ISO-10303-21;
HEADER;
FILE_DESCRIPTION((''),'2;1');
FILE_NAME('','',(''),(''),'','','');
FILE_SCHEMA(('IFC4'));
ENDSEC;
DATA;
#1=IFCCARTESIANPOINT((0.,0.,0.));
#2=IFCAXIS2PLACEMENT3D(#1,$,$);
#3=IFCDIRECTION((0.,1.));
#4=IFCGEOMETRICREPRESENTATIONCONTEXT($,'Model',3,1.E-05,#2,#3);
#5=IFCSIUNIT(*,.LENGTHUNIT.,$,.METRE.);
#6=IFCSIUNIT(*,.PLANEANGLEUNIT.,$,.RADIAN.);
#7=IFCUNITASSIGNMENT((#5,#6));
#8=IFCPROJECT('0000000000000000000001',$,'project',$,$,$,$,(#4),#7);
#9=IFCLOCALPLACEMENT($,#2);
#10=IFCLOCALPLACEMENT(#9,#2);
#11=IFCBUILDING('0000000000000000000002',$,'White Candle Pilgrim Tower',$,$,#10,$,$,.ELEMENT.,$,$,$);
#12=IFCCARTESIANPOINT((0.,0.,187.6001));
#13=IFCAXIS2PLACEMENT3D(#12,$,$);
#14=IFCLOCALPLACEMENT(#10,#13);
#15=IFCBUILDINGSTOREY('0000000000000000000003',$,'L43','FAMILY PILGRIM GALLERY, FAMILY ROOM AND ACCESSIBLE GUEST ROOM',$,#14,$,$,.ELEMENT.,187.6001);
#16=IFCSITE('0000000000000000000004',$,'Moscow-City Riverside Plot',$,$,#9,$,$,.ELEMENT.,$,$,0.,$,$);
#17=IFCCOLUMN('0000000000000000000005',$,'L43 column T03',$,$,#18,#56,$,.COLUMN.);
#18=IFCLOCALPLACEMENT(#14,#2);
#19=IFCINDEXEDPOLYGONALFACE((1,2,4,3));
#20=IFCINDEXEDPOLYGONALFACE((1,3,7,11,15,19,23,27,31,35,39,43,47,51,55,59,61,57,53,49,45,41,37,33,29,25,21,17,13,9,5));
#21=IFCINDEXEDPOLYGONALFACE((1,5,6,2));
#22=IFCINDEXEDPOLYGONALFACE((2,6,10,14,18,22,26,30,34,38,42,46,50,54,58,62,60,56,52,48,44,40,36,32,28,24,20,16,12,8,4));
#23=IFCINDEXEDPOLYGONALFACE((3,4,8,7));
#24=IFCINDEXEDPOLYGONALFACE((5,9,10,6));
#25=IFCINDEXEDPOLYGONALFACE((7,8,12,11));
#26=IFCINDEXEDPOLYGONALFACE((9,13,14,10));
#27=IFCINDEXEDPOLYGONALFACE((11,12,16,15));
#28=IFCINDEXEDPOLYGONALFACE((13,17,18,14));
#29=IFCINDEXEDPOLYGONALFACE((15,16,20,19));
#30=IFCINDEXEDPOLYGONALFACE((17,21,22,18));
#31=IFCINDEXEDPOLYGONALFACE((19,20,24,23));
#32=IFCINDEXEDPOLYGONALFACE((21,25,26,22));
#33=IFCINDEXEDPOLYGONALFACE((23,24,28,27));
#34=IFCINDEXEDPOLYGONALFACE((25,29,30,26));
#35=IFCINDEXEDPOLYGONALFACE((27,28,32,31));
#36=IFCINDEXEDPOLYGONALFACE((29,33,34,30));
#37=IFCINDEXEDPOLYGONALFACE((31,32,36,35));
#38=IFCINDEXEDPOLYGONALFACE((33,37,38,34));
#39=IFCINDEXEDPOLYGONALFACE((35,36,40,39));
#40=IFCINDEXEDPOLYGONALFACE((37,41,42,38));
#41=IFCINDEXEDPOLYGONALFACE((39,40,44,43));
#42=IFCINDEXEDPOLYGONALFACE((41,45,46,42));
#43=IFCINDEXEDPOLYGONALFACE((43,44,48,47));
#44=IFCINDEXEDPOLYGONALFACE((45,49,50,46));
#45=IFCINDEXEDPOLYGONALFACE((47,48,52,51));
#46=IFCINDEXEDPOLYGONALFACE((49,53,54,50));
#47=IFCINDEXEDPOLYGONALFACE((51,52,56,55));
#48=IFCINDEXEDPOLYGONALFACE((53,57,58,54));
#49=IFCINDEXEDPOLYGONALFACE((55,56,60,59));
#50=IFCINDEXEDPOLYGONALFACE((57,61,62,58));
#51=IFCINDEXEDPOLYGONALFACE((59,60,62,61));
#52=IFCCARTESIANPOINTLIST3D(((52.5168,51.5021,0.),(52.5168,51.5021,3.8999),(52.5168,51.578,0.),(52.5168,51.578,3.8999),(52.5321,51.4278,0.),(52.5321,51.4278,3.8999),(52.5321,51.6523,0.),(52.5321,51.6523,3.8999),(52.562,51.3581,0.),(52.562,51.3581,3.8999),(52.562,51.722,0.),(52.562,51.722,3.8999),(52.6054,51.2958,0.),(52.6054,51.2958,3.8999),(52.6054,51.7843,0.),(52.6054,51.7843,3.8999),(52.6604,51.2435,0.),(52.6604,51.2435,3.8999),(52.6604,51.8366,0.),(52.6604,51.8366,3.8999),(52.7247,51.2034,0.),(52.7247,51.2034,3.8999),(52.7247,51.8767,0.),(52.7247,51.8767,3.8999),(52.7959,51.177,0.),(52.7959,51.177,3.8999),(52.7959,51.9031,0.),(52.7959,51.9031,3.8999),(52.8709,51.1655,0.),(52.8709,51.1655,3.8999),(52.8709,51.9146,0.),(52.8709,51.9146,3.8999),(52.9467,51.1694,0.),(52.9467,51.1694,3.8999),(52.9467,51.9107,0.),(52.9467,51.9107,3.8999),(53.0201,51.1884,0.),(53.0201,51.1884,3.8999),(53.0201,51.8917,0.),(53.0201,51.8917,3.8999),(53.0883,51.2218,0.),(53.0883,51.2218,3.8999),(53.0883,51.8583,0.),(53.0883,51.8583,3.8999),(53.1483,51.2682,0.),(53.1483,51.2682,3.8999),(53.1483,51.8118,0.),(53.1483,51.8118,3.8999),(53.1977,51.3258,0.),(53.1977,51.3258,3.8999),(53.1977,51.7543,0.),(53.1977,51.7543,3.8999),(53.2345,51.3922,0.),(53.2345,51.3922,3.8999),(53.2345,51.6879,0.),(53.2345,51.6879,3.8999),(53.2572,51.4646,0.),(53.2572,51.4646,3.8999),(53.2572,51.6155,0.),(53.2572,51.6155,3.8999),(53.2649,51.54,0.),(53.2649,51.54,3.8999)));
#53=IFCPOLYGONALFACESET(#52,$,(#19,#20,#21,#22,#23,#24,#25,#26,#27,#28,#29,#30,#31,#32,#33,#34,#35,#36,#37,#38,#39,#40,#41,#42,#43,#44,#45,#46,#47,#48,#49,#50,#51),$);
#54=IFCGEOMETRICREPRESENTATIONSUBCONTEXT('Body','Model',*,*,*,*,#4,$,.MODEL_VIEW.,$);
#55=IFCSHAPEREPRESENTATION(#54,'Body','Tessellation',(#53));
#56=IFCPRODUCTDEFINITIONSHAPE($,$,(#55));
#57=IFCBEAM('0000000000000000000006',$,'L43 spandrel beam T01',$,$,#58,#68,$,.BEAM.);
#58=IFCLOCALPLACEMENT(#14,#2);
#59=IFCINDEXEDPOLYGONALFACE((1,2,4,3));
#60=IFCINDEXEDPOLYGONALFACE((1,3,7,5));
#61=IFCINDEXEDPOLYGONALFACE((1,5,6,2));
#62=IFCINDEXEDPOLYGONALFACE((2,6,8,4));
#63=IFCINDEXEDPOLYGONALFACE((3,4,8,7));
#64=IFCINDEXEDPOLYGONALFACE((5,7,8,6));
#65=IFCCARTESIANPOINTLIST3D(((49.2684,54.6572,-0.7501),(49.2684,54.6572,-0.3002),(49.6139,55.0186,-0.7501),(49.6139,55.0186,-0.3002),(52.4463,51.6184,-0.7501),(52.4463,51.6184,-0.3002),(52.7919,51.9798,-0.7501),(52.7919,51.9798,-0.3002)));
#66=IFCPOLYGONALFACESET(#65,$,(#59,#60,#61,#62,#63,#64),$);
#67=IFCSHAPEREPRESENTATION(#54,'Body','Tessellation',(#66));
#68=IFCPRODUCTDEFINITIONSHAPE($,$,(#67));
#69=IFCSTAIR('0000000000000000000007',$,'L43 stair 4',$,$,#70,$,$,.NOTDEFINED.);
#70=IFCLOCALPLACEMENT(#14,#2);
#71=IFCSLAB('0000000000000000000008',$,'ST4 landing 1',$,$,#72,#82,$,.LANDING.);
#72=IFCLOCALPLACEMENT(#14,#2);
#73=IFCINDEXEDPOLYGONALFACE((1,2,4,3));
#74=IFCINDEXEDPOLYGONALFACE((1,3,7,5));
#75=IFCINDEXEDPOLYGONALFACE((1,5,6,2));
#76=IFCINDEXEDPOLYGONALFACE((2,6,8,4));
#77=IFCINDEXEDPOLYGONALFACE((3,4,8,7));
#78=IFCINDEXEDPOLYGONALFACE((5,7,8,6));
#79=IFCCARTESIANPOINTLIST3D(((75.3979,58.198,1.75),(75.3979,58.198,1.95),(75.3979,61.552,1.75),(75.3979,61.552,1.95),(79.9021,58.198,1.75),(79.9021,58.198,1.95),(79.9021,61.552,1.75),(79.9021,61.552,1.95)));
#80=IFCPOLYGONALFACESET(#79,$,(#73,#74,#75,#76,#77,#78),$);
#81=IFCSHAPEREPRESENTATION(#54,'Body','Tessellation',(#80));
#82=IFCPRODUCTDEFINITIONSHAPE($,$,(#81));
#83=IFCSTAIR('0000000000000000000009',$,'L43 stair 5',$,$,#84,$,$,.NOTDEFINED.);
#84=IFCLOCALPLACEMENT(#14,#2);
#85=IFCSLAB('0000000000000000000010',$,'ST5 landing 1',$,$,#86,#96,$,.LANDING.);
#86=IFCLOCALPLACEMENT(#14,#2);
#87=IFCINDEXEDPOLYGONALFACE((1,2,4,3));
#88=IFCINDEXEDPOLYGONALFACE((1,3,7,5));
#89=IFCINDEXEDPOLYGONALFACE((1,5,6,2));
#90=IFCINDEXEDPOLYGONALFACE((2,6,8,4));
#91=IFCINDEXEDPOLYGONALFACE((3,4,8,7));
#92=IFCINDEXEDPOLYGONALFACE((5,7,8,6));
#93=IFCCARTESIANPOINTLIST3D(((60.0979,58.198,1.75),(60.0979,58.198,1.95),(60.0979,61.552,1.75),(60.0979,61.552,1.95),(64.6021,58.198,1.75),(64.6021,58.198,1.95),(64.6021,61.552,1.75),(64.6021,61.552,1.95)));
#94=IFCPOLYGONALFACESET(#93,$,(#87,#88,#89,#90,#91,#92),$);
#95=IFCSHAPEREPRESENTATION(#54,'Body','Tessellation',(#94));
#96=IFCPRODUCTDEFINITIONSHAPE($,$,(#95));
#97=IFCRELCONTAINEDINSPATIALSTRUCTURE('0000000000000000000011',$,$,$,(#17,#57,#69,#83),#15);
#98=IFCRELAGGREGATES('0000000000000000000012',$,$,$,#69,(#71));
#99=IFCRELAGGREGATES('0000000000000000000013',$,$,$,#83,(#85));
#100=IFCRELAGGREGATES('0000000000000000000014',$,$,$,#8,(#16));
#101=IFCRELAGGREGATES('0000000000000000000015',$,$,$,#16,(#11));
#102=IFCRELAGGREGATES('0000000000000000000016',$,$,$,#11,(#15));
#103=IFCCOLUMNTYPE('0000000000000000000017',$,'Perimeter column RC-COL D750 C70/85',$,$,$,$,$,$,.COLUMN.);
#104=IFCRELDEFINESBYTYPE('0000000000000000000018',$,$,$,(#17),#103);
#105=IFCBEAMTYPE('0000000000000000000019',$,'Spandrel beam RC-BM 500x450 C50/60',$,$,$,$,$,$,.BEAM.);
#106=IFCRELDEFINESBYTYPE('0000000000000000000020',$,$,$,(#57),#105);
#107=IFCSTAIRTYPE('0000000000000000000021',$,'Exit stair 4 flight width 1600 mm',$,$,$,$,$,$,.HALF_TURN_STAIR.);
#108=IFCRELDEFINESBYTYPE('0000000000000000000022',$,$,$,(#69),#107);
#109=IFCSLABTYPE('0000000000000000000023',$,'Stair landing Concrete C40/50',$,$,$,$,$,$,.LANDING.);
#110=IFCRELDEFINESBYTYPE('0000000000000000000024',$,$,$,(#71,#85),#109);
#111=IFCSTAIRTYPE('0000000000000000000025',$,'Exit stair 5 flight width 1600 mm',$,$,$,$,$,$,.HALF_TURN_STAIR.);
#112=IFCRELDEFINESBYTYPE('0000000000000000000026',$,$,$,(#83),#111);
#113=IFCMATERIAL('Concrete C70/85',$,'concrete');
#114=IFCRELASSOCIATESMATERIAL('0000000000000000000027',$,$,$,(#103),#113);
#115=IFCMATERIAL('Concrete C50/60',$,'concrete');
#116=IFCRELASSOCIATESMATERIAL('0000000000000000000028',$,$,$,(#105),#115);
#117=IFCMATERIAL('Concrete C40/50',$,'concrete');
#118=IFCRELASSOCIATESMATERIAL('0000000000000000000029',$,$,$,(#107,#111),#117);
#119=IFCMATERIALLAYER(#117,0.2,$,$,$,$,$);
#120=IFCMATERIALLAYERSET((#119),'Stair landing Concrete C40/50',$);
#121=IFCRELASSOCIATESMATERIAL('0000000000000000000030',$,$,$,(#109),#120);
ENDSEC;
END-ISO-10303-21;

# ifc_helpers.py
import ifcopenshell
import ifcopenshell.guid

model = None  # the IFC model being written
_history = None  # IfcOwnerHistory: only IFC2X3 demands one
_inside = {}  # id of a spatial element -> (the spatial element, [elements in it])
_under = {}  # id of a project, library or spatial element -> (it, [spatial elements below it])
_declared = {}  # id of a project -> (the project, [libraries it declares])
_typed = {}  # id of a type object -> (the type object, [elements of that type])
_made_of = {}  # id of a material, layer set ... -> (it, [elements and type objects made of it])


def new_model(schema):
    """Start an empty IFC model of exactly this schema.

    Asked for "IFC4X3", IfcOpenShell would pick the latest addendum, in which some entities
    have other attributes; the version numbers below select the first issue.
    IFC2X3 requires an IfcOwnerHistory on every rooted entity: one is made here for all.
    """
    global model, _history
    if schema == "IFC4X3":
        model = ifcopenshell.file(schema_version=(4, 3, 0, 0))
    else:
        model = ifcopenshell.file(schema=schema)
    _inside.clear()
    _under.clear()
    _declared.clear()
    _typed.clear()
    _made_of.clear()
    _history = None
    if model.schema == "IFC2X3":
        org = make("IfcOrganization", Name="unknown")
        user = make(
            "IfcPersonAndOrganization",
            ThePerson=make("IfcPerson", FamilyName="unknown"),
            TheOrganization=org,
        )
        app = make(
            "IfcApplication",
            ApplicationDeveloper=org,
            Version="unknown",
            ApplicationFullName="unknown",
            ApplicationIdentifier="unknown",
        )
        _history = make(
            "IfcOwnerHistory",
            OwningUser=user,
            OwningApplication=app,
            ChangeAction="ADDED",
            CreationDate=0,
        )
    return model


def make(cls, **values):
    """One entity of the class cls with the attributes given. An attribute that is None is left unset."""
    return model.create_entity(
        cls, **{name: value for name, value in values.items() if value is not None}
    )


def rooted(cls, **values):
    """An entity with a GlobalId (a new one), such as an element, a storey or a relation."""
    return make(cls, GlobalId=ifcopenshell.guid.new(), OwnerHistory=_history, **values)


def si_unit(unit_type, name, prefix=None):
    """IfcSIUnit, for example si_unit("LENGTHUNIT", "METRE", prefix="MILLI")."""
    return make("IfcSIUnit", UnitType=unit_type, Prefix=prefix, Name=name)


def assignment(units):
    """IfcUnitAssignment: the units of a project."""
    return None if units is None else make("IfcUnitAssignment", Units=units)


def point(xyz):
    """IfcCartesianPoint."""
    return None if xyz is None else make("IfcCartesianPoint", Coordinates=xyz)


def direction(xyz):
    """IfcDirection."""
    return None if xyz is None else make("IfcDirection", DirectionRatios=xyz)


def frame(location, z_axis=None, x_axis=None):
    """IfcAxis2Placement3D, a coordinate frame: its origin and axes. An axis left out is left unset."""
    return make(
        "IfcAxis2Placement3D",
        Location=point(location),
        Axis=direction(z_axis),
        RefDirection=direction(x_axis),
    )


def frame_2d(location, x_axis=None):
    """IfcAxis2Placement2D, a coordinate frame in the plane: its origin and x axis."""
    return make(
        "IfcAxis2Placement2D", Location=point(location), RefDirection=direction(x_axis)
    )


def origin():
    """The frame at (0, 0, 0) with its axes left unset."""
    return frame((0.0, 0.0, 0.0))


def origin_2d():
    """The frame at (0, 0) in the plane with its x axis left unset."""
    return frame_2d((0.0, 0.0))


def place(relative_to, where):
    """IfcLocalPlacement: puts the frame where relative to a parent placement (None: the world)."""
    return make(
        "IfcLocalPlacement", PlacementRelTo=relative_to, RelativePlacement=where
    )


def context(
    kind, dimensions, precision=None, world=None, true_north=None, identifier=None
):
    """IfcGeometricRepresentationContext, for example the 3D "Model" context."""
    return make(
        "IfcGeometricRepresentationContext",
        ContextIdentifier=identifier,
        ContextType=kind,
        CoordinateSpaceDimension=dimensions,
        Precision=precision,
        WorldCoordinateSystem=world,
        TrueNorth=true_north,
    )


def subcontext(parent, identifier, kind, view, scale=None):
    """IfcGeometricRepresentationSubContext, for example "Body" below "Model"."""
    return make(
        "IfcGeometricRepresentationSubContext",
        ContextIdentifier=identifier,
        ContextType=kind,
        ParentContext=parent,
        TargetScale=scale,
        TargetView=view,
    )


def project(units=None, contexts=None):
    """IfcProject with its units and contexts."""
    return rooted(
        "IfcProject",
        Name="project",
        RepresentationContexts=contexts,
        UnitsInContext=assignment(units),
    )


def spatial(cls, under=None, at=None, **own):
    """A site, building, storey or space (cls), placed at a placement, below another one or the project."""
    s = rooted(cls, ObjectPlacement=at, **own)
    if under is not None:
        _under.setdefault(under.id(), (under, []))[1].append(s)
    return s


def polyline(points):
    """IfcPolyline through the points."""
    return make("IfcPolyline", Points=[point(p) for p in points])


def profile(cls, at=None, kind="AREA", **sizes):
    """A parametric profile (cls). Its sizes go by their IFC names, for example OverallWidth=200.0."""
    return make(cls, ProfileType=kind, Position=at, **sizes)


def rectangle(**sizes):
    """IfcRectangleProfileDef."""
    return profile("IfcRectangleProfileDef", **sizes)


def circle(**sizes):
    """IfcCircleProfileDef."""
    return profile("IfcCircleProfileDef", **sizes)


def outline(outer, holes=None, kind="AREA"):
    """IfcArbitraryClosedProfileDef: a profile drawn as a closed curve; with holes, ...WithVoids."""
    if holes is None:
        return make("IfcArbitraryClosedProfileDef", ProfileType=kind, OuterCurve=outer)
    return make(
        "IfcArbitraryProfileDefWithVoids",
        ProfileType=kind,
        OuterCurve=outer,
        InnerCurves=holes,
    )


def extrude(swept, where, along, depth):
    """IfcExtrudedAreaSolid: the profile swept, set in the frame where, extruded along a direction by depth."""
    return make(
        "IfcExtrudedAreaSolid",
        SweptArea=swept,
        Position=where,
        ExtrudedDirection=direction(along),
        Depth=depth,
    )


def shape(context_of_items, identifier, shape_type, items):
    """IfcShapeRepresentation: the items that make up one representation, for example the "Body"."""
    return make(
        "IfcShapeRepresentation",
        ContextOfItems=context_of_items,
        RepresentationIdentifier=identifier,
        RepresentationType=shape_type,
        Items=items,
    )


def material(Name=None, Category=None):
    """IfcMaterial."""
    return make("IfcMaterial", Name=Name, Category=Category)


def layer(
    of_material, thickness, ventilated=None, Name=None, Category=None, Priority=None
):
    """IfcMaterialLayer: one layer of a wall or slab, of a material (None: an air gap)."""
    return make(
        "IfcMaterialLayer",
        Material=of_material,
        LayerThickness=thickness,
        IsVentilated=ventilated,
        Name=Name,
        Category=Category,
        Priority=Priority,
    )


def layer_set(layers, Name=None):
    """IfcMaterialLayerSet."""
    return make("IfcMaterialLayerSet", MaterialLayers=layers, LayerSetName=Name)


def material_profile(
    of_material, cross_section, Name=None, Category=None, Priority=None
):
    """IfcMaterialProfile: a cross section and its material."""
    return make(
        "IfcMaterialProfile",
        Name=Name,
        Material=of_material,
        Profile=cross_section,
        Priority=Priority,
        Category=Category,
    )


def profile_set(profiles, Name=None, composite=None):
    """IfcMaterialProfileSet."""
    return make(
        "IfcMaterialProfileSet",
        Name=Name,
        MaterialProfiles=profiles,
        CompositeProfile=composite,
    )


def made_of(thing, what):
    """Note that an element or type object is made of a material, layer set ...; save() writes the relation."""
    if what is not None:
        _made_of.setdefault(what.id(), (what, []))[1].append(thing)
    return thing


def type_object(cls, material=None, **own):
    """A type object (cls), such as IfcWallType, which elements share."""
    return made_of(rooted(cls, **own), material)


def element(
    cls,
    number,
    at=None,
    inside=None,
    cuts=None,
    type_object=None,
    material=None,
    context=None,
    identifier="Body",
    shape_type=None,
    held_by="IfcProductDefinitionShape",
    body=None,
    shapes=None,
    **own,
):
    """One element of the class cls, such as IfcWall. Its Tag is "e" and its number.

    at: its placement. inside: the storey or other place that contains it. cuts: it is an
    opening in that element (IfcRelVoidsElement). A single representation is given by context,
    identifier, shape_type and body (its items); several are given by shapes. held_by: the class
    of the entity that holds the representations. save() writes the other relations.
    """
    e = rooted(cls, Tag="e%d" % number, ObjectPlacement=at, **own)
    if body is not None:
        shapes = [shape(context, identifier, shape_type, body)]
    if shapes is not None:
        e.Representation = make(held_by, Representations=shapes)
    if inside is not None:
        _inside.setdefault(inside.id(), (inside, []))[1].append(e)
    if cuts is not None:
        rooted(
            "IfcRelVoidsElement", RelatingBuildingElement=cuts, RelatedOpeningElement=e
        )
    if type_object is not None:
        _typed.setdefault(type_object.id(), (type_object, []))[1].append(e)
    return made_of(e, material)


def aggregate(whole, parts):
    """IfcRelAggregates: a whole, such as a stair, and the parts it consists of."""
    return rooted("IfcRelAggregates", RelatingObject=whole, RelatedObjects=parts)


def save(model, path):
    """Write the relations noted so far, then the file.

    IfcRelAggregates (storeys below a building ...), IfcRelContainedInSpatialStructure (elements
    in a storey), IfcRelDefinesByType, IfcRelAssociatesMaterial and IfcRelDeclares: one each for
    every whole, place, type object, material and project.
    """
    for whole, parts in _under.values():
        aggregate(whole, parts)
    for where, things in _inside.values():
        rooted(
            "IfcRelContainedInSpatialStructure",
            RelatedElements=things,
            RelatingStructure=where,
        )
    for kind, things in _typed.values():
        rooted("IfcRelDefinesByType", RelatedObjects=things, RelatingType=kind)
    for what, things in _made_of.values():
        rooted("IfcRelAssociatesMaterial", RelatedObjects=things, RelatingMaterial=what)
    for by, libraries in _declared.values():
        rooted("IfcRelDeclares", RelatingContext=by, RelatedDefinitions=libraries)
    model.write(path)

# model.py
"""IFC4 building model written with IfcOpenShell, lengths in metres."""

from ifc_helpers import new_model, si_unit, direction, frame, origin, origin_2d, place, context, subcontext, project, spatial, polyline, rectangle, circle, outline, extrude, material, layer, layer_set, material_profile, profile_set, type_object, element, aggregate, save


model = new_model("IFC4")

# Units and contexts
model_context = context("Model", 3, precision=1e-05, world=origin(), true_north=direction((0.0, 1.0)))
body_context = subcontext(model_context, "Body", "Model", "MODEL_VIEW")
ifc_project = project(units=[si_unit("LENGTHUNIT", "METRE"), si_unit("PLANEANGLEUNIT", "RADIAN")], contexts=[model_context])

# Site, building, storey
site_placement = place(None, origin())
site = spatial("IfcSite", under=ifc_project, at=site_placement, Name="Moscow-City Riverside Plot", CompositionType="ELEMENT", RefElevation=0.0)
building_placement = place(site_placement, origin())
building = spatial("IfcBuilding", under=site, at=building_placement, Name="White Candle Pilgrim Tower", CompositionType="ELEMENT")
storey_placement = place(building_placement, frame((0.0, 0.0, 187.6001)))
storey = spatial("IfcBuildingStorey", under=building, at=storey_placement, Name="L43", Description="FAMILY PILGRIM GALLERY, FAMILY ROOM AND ACCESSIBLE GUEST ROOM", CompositionType="ELEMENT", Elevation=187.6001)

# Column
ifc_material_1 = material(Name="Concrete C70/85", Category="concrete")
ifc_material_profile_1 = material_profile(ifc_material_1, circle(Radius=0.375, at=origin_2d()), Name="RC-COL D750")
ifc_profile_set_1 = profile_set([ifc_material_profile_1], Name="Concrete C70/85")
column_type = type_object("IfcColumnType", Name="Perimeter column RC-COL D750 C70/85", PredefinedType="COLUMN", material=ifc_profile_set_1)
column_placement = place(storey_placement, frame((52.8899, 51.54, 0.0), z_axis=(0.0, 0.0, 1.0), x_axis=(1.0, 0.0, 0.0)))
element("IfcColumn", 1, at=column_placement, inside=storey, type_object=column_type, Name="L43 column T03", PredefinedType="COLUMN", context=body_context, shape_type="SweptSolid", body=[
    extrude(circle(Radius=0.375, at=origin_2d()), origin(), (0.0, 0.0, 1.0), 3.8999),
])

# Beam
ifc_material_2 = material(Name="Concrete C50/60", Category="concrete")
ifc_material_profile_2 = material_profile(ifc_material_2, rectangle(XDim=0.5, YDim=0.45, at=origin_2d()), Name="RC-BM 500x450")
ifc_profile_set_2 = profile_set([ifc_material_profile_2], Name="Concrete C50/60")
beam_type = type_object("IfcBeamType", Name="Spandrel beam RC-BM 500x450 C50/60", PredefinedType="BEAM", material=ifc_profile_set_2)
beam_placement = place(storey_placement, frame((49.4412, 54.8379, -0.5251), z_axis=(0.722754, -0.691105, 0.0), x_axis=(0.691105, 0.722754, 0.0)))
element("IfcBeam", 2, at=beam_placement, inside=storey, type_object=beam_type, Name="L43 spandrel beam T01", PredefinedType="BEAM", context=body_context, shape_type="SweptSolid", body=[
    extrude(rectangle(XDim=0.5, YDim=0.45, at=origin_2d()), origin(), (0.0, 0.0, 1.0), 4.397),
])

# Stairs, slabs
ifc_material_3 = material(Name="Concrete C40/50", Category="concrete")
stair_type_1 = type_object("IfcStairType", Name="Exit stair 4 flight width 1600 mm", PredefinedType="HALF_TURN_STAIR", material=ifc_material_3)
stair_1_placement = place(storey_placement, origin())
stair_1 = element("IfcStair", 3, at=stair_1_placement, inside=storey, type_object=stair_type_1, Name="L43 stair 4", PredefinedType="NOTDEFINED")
ifc_layer_1 = layer(ifc_material_3, 0.2)
ifc_layer_set_1 = layer_set([ifc_layer_1], Name="Stair landing Concrete C40/50")
slab_type = type_object("IfcSlabType", Name="Stair landing Concrete C40/50", PredefinedType="LANDING", material=ifc_layer_set_1)
slab_1_placement = place(storey_placement, frame((0.0, 0.0, 1.75)))
slab_1 = element("IfcSlab", 4, at=slab_1_placement, type_object=slab_type, Name="ST4 landing 1", PredefinedType="LANDING", context=body_context, shape_type="SweptSolid", body=[
    extrude(outline(polyline([(79.9021, 61.552), (79.9021, 58.198), (75.3979, 58.198), (75.3979, 61.552), (79.9021, 61.552)])), origin(), (0.0, 0.0, 1.0), 0.2),
])
aggregate(stair_1, [slab_1])
stair_type_2 = type_object("IfcStairType", Name="Exit stair 5 flight width 1600 mm", PredefinedType="HALF_TURN_STAIR", material=ifc_material_3)
stair_2_placement = place(storey_placement, origin())
stair_2 = element("IfcStair", 5, at=stair_2_placement, inside=storey, type_object=stair_type_2, Name="L43 stair 5", PredefinedType="NOTDEFINED")
slab_2_placement = place(storey_placement, frame((0.0, 0.0, 1.75)))
slab_2 = element("IfcSlab", 6, at=slab_2_placement, type_object=slab_type, Name="ST5 landing 1", PredefinedType="LANDING", context=body_context, shape_type="SweptSolid", body=[
    extrude(outline(polyline([(60.0979, 58.198), (60.0979, 61.552), (64.6021, 61.552), (64.6021, 58.198), (60.0979, 58.198)])), origin(), (0.0, 0.0, 1.0), 0.2),
])
aggregate(stair_2, [slab_2])

save(model, "model.ifc")
